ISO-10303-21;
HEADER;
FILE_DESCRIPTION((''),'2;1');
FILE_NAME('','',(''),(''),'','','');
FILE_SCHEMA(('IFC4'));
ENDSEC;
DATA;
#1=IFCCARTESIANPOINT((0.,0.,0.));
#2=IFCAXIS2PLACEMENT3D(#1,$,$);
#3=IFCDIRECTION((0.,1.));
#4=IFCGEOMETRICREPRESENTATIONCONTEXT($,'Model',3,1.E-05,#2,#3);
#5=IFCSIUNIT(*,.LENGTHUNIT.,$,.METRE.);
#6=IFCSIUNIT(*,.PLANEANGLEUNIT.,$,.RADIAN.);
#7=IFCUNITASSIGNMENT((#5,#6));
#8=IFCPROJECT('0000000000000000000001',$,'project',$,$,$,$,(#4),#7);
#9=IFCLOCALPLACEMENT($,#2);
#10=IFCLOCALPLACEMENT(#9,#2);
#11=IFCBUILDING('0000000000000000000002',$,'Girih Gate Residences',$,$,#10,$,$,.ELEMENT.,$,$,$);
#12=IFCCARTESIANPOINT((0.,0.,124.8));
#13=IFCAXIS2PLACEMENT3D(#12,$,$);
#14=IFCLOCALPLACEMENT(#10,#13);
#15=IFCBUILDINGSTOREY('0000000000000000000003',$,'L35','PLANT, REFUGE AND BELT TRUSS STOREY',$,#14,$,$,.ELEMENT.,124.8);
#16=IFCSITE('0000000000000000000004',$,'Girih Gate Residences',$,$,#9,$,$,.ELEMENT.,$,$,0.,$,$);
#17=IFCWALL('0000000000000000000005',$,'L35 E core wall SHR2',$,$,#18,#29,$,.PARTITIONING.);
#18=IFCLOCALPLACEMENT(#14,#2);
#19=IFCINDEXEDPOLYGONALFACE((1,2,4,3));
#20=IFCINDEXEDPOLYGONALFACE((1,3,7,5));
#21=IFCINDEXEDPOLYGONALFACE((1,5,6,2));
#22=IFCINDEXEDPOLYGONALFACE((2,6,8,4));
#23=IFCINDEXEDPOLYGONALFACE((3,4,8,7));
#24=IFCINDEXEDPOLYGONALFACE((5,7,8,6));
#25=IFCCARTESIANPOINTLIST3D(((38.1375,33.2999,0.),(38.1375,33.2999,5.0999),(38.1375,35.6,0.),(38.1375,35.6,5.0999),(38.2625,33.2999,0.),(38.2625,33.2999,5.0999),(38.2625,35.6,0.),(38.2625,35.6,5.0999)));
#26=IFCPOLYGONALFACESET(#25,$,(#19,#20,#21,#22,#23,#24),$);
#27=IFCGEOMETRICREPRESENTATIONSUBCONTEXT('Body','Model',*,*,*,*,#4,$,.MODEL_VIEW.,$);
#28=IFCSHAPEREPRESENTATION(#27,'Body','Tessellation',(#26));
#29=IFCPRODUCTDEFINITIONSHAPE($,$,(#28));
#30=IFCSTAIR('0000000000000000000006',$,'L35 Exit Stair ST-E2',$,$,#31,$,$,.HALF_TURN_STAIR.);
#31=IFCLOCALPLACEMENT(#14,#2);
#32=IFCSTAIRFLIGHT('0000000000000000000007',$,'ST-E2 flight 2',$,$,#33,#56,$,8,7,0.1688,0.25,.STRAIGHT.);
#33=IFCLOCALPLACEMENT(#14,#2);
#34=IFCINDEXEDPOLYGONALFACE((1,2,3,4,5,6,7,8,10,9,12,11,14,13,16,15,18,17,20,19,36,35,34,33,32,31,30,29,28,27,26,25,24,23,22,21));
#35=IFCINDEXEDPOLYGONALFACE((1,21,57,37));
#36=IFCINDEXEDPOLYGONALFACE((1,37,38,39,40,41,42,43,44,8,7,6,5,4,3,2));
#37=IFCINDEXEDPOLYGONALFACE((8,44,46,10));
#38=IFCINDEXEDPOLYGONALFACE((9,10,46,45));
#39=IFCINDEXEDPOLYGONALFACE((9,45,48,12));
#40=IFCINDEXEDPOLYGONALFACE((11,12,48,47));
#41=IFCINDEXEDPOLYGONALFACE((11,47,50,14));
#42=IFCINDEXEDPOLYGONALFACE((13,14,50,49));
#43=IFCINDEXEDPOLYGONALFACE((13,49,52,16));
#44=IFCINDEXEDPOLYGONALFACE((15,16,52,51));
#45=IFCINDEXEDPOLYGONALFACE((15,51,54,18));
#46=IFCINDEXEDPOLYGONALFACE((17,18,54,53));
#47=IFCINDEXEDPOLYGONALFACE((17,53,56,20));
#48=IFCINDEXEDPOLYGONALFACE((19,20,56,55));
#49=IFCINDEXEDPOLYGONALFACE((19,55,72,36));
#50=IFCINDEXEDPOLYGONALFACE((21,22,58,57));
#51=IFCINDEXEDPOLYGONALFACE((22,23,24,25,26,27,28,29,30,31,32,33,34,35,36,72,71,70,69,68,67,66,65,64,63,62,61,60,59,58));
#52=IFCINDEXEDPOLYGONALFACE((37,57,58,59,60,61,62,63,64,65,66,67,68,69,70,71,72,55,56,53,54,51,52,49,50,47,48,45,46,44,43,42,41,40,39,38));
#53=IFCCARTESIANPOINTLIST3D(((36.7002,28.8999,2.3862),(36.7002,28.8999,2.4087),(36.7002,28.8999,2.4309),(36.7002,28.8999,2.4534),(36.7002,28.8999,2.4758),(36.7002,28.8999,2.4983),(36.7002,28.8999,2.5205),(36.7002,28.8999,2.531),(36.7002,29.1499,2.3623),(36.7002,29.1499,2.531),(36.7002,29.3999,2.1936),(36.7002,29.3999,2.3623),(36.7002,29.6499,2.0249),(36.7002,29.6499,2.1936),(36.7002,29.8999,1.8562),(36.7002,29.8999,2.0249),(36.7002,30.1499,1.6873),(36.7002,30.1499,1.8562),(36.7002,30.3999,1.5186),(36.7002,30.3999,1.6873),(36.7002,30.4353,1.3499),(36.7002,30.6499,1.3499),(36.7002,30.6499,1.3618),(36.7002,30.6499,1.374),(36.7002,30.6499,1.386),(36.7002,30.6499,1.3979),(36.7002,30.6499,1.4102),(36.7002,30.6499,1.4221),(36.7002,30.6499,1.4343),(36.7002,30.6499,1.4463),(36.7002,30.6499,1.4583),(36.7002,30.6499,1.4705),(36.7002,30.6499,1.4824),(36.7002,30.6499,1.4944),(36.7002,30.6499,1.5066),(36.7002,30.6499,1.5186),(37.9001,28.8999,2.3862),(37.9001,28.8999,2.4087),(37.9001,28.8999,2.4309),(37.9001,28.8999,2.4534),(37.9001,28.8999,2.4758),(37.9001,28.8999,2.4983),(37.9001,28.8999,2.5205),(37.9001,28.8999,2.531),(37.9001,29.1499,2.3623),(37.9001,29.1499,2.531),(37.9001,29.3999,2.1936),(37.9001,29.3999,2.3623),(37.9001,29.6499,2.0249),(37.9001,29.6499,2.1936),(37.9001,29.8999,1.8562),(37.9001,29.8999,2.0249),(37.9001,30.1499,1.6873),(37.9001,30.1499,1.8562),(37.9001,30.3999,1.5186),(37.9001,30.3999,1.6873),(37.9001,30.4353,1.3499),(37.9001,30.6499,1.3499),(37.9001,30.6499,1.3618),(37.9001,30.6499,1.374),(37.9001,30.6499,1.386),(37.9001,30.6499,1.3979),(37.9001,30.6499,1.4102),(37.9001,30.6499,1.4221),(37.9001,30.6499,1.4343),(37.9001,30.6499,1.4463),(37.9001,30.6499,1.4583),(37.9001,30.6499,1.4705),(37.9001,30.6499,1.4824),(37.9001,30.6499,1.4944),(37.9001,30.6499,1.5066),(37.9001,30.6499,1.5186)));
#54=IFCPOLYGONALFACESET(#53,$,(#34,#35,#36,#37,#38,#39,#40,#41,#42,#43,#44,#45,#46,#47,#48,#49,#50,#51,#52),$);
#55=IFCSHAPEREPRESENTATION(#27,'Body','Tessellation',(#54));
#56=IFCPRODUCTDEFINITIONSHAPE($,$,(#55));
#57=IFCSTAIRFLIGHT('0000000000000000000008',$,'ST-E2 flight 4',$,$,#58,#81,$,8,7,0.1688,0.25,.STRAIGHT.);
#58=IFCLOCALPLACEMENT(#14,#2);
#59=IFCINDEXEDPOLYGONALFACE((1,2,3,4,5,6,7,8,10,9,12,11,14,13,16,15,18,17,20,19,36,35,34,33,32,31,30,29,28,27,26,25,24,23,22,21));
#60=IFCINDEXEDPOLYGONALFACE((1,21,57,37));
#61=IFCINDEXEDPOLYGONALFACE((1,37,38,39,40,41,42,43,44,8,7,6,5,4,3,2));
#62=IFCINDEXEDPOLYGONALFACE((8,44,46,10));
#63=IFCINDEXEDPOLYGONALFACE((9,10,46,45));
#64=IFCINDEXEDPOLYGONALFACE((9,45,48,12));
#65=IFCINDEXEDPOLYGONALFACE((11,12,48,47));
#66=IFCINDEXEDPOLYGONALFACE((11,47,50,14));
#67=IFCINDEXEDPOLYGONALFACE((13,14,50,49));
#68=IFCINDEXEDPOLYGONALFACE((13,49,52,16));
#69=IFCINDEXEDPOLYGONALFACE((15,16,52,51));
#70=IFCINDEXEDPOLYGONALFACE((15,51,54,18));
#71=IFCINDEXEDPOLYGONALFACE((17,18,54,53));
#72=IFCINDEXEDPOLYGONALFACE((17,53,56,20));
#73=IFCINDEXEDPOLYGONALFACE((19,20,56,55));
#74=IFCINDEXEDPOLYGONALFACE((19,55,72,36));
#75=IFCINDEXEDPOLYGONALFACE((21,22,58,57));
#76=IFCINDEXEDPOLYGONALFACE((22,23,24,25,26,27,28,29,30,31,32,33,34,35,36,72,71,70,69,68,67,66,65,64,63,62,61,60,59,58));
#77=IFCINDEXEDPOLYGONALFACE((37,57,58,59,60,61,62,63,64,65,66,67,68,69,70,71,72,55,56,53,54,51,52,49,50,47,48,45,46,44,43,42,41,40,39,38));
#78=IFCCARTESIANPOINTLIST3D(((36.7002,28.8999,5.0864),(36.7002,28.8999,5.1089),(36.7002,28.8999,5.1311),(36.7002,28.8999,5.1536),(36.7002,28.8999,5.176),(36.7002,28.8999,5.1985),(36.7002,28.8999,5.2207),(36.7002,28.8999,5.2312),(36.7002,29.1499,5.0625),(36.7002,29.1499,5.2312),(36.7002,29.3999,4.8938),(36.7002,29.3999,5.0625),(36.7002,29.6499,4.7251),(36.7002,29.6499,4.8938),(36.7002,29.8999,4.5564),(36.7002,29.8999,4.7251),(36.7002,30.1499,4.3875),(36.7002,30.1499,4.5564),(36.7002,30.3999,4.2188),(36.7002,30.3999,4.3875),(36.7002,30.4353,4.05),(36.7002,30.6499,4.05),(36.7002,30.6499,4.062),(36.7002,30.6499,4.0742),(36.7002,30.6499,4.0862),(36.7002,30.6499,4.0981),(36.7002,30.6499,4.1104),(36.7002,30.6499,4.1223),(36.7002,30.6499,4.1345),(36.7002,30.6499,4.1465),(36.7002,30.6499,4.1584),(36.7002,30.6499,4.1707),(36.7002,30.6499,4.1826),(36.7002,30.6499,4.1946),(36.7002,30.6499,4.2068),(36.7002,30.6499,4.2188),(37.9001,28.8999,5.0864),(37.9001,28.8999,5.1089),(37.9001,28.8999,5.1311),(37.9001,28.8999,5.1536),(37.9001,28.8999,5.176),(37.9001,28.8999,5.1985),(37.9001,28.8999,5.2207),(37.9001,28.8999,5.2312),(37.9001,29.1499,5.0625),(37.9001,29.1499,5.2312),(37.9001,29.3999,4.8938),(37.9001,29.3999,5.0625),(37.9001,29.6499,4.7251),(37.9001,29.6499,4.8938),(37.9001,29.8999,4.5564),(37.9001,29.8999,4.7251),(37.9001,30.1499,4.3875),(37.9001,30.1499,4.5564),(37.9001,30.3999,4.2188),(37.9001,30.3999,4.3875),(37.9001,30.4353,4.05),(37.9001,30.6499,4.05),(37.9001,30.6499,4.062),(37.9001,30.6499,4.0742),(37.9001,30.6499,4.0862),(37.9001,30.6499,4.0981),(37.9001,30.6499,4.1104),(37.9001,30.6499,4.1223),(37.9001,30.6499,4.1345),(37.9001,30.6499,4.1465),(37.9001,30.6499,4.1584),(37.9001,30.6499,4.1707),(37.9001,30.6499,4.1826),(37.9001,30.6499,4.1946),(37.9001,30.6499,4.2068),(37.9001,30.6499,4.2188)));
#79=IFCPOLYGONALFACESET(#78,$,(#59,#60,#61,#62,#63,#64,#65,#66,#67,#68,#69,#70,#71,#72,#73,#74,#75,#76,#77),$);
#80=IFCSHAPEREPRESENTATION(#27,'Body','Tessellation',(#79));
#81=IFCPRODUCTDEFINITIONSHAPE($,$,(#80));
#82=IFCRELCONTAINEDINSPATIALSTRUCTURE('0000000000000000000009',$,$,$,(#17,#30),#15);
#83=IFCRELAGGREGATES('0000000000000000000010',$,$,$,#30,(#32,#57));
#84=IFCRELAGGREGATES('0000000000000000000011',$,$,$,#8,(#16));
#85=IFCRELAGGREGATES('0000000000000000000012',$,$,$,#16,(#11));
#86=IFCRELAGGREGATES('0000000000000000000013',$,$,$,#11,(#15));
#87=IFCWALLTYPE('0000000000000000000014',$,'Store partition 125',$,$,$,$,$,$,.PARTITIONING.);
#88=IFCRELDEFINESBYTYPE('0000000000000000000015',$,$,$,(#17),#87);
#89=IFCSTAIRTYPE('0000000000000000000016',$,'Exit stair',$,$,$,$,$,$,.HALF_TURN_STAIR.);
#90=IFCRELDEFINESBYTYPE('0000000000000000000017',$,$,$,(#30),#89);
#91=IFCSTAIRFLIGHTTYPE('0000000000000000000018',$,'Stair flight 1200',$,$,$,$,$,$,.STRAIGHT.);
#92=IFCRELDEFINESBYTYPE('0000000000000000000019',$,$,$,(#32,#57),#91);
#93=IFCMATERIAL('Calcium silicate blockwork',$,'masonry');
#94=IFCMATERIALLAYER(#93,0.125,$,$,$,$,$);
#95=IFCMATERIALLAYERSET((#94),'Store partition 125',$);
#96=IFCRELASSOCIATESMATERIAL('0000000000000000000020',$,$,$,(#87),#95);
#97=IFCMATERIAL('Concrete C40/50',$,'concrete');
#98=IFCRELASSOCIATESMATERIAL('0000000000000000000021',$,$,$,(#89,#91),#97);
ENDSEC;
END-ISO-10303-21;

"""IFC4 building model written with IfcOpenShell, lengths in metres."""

from ifc_helpers import new_model, si_unit, direction, frame, frame_2d, origin, place, context, subcontext, project, spatial, polyline, rectangle, outline, extrude, material, layer, layer_set, type_object, element, aggregate, save


model = new_model("IFC4")

# Units and contexts
model_context = context("Model", 3, precision=1e-05, world=origin(), true_north=direction((0.0, 1.0)))
body_context = subcontext(model_context, "Body", "Model", "MODEL_VIEW")
ifc_project = project(units=[si_unit("LENGTHUNIT", "METRE"), si_unit("PLANEANGLEUNIT", "RADIAN")], contexts=[model_context])

# Site, building, storey
site_placement = place(None, origin())
site = spatial("IfcSite", under=ifc_project, at=site_placement, Name="Girih Gate Residences", CompositionType="ELEMENT", RefElevation=0.0)
building_placement = place(site_placement, origin())
building = spatial("IfcBuilding", under=site, at=building_placement, Name="Girih Gate Residences", CompositionType="ELEMENT")
storey_placement = place(building_placement, frame((0.0, 0.0, 124.8)))
storey = spatial("IfcBuildingStorey", under=building, at=storey_placement, Name="L35", Description="PLANT, REFUGE AND BELT TRUSS STOREY", CompositionType="ELEMENT", Elevation=124.8)

# Shared definitions
ifc_material_1 = material(Name="Concrete C40/50", Category="concrete")

# Wall
ifc_material_2 = material(Name="Calcium silicate blockwork", Category="masonry")
ifc_layer_1 = layer(ifc_material_2, 0.125)
ifc_layer_set_1 = layer_set([ifc_layer_1], Name="Store partition 125")
wall_type_1 = type_object("IfcWallType", Name="Store partition 125", PredefinedType="PARTITIONING", material=ifc_layer_set_1)
wall_1_placement = place(storey_placement, frame((38.2, 33.3, 0.0), z_axis=(0.0, 0.0, 1.0), x_axis=(0.0, 1.0, 0.0)))
element("IfcWall", 1, at=wall_1_placement, inside=storey, type_object=wall_type_1, Name="L35 E core wall SHR2", PredefinedType="PARTITIONING", context=body_context, shape_type="SweptSolid", body=[
    extrude(rectangle(XDim=2.3, YDim=0.125, at=frame_2d((1.1499, 0.0))), origin(), (0.0, 0.0, 1.0), 5.0999),
])

# Stair, stair flights
stair_type = type_object("IfcStairType", Name="Exit stair", PredefinedType="HALF_TURN_STAIR", material=ifc_material_1)
stair_placement = place(storey_placement, origin())
stair = element("IfcStair", 2, at=stair_placement, inside=storey, type_object=stair_type, Name="L35 Exit Stair ST-E2", PredefinedType="HALF_TURN_STAIR")
stair_flight_type = type_object("IfcStairFlightType", Name="Stair flight 1200", PredefinedType="STRAIGHT", material=ifc_material_1)
stair_flight_1_placement = place(storey_placement, frame((37.3, 30.6499, 1.3499), z_axis=(0.0, 0.0, 1.0), x_axis=(0.0, -1.0, 0.0)))
stair_flight_1 = element("IfcStairFlight", 3, at=stair_flight_1_placement, type_object=stair_flight_type, Name="ST-E2 flight 2", NumberOfRisers=8, NumberOfTreads=7, PredefinedType="STRAIGHT", RiserHeight=0.1688, TreadLength=0.25, context=body_context, shape_type="SweptSolid", body=[
    extrude(outline(polyline([(0.0, 0.0), (0.0, 0.012), (0.0, 0.0242), (0.0, 0.0361), (0.0, 0.0481), (0.0, 0.0603), (0.0, 0.0723), (0.0, 0.0845), (0.0, 0.0964), (0.0, 0.1084), (0.0, 0.1206), (0.0, 0.1326), (0.0, 0.1445), (0.0, 0.1567), (0.0, 0.1687), (0.25, 0.1687), (0.25, 0.3374), (0.5, 0.3374), (0.5, 0.5063), (0.75, 0.5063), (0.75, 0.675), (1.0, 0.675), (1.0, 0.8438), (1.25, 0.8438), (1.25, 1.0125), (1.5, 1.0125), (1.5, 1.1812), (1.75, 1.1812), (1.75, 1.1934), (1.75, 1.2053), (1.75, 1.2175), (1.75, 1.2295), (1.75, 1.2415), (1.75, 1.2537), (1.75, 1.2656), (1.75, 1.2776), (1.75, 1.2898), (1.75, 1.3018), (1.75, 1.3137), (1.75, 1.3259), (1.75, 1.3379), (1.75, 1.3501), (1.75, 1.3276), (1.75, 1.3052), (1.75, 1.2827), (1.75, 1.2605), (1.75, 1.238), (1.75, 1.2156), (1.75, 1.1931), (1.75, 1.1707), (1.75, 1.1484), (1.75, 1.126), (1.75, 1.1035), (1.75, 1.0811), (1.75, 1.0588), (1.75, 1.0364), (0.2146, 0.0), (0.0, 0.0)])), frame((0.0, 0.6001, 0.0), z_axis=(0.0, -1.0, 0.0), x_axis=(1.0, 0.0, 0.0)), (0.0, 0.0, 1.0), 1.2),
])
stair_flight_2_placement = place(storey_placement, frame((37.3, 30.6499, 4.05), z_axis=(0.0, 0.0, 1.0), x_axis=(0.0, -1.0, 0.0)))
stair_flight_2 = element("IfcStairFlight", 4, at=stair_flight_2_placement, type_object=stair_flight_type, Name="ST-E2 flight 4", NumberOfRisers=8, NumberOfTreads=7, PredefinedType="STRAIGHT", RiserHeight=0.1688, TreadLength=0.25, context=body_context, shape_type="SweptSolid", body=[
    extrude(outline(polyline([(0.0, 0.0), (0.0, 0.012), (0.0, 0.0242), (0.0, 0.0361), (0.0, 0.0481), (0.0, 0.0603), (0.0, 0.0723), (0.0, 0.0845), (0.0, 0.0964), (0.0, 0.1084), (0.0, 0.1206), (0.0, 0.1326), (0.0, 0.1445), (0.0, 0.1567), (0.0, 0.1687), (0.25, 0.1687), (0.25, 0.3374), (0.5, 0.3374), (0.5, 0.5063), (0.75, 0.5063), (0.75, 0.675), (1.0, 0.675), (1.0, 0.8438), (1.25, 0.8438), (1.25, 1.0125), (1.5, 1.0125), (1.5, 1.1812), (1.75, 1.1812), (1.75, 1.1934), (1.75, 1.2053), (1.75, 1.2175), (1.75, 1.2295), (1.75, 1.2415), (1.75, 1.2537), (1.75, 1.2656), (1.75, 1.2776), (1.75, 1.2898), (1.75, 1.3018), (1.75, 1.3137), (1.75, 1.3259), (1.75, 1.3379), (1.75, 1.3501), (1.75, 1.3276), (1.75, 1.3052), (1.75, 1.2827), (1.75, 1.2605), (1.75, 1.238), (1.75, 1.2156), (1.75, 1.1931), (1.75, 1.1707), (1.75, 1.1484), (1.75, 1.126), (1.75, 1.1035), (1.75, 1.0811), (1.75, 1.0588), (1.75, 1.0364), (0.2146, 0.0), (0.0, 0.0)])), frame((0.0, 0.6001, 0.0), z_axis=(0.0, -1.0, 0.0), x_axis=(1.0, 0.0, 0.0)), (0.0, 0.0, 1.0), 1.2),
])
aggregate(stair, [stair_flight_1, stair_flight_2])

save(model, "model.ifc")
